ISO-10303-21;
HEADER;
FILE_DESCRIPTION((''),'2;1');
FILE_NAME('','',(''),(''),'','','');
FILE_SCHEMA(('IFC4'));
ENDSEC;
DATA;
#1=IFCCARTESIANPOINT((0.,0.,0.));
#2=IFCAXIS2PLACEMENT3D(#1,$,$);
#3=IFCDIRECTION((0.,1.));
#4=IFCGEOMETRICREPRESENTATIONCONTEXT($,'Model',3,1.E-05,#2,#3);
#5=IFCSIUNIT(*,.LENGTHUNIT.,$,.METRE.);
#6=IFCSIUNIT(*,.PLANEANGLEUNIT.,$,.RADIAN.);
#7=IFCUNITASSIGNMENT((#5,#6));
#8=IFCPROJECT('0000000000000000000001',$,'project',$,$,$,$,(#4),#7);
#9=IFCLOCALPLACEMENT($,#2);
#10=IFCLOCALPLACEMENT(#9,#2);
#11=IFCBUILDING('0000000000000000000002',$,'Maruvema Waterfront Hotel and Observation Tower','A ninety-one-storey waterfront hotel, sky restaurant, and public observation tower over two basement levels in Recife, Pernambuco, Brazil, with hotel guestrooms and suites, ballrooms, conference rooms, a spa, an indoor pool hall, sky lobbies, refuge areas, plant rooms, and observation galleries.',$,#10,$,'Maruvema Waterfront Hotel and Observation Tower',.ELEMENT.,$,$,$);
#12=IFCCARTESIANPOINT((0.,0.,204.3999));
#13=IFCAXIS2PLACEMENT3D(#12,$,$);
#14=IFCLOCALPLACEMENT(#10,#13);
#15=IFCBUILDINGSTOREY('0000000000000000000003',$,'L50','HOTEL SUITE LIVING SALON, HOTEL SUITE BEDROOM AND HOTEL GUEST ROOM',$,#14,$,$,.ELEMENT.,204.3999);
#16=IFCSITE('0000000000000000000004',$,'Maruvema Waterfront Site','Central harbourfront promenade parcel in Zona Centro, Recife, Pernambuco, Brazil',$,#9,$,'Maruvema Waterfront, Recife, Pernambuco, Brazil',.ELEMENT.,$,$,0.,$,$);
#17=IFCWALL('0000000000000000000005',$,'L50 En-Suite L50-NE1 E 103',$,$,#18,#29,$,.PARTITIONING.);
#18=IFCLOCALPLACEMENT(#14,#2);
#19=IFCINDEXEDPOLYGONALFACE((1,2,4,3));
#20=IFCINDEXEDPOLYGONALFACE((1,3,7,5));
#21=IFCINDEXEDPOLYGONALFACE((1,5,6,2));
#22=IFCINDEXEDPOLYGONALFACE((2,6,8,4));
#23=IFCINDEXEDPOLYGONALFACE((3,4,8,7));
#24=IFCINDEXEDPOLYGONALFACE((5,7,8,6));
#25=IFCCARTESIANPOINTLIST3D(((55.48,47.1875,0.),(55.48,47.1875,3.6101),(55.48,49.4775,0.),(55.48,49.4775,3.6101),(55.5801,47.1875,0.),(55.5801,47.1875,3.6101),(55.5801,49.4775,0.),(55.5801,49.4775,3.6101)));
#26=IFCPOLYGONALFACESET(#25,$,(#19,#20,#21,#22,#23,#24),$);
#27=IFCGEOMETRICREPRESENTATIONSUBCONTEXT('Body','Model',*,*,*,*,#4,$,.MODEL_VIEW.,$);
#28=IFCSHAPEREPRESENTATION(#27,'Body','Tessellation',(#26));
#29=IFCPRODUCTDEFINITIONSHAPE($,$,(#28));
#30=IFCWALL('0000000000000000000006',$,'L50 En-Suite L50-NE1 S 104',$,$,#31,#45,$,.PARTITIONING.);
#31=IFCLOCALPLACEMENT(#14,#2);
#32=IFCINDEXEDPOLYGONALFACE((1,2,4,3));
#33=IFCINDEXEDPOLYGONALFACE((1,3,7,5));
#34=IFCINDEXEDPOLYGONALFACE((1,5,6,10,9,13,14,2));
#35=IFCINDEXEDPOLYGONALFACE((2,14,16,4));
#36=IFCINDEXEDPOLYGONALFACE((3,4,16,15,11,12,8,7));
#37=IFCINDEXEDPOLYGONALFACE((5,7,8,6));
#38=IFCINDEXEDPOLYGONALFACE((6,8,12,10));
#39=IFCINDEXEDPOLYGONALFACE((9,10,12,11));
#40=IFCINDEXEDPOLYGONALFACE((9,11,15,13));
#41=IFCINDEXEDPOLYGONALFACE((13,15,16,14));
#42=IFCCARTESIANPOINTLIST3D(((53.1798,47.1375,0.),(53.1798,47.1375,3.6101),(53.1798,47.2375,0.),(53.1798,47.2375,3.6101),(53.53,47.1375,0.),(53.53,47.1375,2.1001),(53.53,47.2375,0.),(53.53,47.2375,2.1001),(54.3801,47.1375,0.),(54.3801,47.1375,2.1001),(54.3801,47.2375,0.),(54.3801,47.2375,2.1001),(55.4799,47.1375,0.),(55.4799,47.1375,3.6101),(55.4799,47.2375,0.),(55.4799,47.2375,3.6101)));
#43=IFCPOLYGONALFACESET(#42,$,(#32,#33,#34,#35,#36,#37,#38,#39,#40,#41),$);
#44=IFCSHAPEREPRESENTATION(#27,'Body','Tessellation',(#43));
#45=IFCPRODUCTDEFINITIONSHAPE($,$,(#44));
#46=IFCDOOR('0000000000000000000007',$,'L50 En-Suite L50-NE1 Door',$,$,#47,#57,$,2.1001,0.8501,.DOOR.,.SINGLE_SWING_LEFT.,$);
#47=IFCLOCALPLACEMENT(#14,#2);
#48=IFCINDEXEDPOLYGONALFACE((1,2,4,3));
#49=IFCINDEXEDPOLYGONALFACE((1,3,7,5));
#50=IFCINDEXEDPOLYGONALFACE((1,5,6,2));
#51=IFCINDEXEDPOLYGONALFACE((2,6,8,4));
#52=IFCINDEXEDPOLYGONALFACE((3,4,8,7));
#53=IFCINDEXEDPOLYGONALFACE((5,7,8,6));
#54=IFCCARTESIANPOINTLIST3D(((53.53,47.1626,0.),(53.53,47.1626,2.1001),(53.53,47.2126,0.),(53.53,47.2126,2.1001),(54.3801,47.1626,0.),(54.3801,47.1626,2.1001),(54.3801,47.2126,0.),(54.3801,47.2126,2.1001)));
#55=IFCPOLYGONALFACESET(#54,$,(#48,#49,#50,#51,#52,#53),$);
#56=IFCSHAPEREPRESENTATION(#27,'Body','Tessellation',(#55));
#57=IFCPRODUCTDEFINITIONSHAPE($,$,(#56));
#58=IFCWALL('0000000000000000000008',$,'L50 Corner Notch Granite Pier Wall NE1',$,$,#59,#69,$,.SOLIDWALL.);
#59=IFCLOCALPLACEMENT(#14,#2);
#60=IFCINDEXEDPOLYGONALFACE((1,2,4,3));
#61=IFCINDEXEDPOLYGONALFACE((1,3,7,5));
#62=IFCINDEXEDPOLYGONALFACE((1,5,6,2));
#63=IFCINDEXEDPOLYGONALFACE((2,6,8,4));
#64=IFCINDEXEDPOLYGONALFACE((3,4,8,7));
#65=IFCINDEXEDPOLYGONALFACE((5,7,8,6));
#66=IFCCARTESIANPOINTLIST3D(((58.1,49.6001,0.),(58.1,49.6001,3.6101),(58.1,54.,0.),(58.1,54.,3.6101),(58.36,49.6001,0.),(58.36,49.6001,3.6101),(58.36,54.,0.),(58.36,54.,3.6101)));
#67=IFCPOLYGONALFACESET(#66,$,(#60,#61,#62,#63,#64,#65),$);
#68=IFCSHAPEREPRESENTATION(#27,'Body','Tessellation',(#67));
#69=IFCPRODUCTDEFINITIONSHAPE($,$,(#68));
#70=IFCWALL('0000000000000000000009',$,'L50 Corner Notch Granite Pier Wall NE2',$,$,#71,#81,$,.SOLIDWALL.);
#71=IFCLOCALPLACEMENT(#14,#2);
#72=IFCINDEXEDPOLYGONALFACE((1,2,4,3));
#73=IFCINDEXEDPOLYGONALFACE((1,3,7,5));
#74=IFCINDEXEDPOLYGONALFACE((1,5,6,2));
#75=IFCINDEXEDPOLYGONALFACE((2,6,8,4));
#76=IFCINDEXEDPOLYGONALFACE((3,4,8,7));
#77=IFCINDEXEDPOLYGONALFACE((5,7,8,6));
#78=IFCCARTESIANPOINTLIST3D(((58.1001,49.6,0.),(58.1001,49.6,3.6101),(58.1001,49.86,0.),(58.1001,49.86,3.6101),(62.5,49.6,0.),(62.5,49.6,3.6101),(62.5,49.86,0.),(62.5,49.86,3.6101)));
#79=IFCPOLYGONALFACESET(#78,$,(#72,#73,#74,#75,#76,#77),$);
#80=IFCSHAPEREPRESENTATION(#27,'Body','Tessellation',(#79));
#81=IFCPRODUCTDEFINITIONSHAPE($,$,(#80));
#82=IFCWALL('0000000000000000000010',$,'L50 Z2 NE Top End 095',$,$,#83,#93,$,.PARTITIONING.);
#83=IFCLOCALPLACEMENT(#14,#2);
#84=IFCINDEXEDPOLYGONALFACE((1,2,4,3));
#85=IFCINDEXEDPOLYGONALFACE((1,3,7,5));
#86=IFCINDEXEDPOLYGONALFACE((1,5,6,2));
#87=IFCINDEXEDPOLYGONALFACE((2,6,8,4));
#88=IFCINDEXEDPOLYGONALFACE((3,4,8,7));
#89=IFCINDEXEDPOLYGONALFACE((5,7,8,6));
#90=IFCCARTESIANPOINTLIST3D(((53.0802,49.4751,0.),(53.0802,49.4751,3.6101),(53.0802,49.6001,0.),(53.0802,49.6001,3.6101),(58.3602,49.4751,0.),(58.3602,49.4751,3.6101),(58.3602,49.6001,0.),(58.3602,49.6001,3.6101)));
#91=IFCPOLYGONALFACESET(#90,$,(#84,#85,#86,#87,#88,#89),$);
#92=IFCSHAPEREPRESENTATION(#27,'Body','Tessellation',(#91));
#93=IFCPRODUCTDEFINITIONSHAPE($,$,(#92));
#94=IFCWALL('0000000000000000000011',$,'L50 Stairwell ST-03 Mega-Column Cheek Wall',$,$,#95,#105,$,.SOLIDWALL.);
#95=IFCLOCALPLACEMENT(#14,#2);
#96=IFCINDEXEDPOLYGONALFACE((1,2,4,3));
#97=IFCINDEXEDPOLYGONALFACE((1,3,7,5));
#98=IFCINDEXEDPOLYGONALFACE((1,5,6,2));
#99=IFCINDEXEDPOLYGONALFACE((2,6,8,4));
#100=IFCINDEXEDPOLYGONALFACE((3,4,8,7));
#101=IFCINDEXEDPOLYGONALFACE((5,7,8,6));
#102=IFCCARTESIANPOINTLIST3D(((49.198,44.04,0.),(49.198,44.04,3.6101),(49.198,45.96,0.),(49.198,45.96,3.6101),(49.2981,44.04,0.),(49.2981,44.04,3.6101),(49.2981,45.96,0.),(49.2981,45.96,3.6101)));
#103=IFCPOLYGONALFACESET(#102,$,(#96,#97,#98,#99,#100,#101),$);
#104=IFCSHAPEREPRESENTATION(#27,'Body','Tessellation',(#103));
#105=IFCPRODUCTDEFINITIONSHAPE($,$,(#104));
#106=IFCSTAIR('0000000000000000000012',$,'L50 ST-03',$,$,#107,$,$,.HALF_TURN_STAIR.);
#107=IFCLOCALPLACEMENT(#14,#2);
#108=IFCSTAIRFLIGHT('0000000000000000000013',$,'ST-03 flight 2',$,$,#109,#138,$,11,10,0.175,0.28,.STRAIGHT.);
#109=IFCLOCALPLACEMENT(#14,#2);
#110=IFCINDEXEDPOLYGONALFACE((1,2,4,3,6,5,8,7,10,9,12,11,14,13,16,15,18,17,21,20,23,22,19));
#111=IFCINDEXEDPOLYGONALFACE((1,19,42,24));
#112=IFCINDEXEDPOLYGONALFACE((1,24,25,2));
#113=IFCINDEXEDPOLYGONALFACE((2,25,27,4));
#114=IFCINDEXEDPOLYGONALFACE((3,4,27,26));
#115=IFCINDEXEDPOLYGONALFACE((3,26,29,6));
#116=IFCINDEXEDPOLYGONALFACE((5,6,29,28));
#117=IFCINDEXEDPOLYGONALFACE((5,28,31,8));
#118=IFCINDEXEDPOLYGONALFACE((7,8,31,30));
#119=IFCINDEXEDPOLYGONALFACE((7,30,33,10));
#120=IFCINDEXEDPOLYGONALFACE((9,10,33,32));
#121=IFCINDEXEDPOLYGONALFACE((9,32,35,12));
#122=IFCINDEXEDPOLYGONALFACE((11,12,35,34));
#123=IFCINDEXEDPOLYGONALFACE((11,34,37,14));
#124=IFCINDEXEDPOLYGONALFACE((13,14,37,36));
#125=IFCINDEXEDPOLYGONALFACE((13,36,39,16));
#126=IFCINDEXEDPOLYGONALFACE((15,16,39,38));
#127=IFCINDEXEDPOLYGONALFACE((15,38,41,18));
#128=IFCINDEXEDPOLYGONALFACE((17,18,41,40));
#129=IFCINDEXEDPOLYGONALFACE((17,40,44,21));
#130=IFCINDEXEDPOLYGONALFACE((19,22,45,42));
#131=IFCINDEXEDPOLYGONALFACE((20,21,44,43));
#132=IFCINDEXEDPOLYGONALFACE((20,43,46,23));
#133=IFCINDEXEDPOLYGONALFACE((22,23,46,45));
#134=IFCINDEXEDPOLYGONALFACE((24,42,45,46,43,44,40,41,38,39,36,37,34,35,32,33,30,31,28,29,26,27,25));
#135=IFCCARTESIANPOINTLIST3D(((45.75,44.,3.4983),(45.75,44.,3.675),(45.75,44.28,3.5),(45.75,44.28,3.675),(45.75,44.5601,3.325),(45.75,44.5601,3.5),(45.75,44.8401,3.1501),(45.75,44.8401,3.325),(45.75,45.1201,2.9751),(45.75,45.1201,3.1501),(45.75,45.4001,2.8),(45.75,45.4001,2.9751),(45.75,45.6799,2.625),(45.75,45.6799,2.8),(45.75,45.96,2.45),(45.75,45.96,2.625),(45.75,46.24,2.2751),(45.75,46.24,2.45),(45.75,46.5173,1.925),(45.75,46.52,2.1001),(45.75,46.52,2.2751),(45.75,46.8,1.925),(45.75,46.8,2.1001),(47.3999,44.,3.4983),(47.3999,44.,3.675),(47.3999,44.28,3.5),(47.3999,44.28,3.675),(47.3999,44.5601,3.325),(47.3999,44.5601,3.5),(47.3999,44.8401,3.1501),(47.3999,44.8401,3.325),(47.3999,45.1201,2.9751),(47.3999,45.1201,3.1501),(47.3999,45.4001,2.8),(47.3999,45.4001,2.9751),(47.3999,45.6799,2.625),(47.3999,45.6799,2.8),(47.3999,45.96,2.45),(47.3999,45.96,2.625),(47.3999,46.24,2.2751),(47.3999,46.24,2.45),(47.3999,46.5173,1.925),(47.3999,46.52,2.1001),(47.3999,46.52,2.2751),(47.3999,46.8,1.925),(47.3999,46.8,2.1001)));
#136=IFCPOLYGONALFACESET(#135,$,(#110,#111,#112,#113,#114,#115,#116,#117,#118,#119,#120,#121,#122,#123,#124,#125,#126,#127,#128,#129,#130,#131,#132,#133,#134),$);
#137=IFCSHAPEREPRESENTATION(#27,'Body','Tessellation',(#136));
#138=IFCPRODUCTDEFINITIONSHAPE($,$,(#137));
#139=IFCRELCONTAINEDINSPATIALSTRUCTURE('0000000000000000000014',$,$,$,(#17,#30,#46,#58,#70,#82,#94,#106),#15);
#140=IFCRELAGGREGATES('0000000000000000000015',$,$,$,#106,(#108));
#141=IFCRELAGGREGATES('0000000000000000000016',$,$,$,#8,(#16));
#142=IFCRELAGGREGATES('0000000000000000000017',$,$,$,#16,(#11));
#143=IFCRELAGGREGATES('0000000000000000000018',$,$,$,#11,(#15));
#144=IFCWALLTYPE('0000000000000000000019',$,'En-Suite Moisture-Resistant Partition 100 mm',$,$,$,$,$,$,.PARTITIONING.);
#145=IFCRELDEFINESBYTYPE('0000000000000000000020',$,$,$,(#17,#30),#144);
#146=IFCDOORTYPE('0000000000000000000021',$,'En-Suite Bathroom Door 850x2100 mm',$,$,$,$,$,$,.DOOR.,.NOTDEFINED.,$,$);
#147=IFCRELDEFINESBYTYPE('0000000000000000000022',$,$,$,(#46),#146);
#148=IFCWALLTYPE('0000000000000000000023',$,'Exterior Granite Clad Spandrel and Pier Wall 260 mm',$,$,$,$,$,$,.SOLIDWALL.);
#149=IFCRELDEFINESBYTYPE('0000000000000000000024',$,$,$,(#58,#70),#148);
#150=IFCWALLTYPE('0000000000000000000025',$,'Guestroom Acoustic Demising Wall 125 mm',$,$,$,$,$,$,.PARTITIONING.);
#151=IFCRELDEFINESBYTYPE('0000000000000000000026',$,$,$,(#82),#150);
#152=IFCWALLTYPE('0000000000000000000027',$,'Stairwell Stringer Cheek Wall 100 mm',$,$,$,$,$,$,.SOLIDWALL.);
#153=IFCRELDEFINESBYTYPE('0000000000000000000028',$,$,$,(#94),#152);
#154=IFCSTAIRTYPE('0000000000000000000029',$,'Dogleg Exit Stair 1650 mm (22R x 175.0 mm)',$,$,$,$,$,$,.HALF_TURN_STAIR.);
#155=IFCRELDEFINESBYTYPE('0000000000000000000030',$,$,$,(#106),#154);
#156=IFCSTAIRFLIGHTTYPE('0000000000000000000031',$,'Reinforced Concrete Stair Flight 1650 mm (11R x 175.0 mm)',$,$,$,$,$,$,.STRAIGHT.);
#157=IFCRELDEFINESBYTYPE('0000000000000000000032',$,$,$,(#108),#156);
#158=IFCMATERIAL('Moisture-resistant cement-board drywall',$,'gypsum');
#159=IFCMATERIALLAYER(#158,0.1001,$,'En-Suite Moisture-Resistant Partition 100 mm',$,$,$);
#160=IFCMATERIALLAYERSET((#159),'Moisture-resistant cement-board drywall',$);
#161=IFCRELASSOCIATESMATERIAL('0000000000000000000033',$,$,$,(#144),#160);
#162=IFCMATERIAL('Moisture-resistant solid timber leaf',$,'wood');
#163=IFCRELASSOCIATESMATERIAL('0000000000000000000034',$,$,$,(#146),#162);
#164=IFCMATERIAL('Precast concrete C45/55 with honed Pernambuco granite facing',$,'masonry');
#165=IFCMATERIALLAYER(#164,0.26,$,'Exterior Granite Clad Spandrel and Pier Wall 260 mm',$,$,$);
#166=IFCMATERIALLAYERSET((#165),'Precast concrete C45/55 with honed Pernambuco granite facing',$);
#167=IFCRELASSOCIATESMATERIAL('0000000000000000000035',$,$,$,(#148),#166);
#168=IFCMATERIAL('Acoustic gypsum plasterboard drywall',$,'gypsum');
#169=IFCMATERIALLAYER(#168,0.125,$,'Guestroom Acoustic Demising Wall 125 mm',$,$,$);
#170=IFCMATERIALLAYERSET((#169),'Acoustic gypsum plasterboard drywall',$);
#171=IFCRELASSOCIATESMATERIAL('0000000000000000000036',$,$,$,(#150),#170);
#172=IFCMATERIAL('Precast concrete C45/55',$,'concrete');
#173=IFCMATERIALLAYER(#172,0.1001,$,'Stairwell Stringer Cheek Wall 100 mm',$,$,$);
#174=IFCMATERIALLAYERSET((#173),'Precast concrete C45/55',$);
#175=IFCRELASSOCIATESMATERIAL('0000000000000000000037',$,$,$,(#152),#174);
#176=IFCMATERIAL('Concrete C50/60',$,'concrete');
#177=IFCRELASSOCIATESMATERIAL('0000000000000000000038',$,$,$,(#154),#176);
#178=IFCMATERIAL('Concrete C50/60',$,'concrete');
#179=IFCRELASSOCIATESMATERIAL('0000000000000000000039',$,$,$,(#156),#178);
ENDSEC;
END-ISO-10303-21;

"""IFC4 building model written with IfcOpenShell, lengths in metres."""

from ifc_helpers import new_model, si_unit, direction, frame, frame_2d, origin, place, context, subcontext, project, spatial, polyline, rectangle, outline, extrude, material, layer, layer_set, type_object, element, fill, aggregate, save


model = new_model("IFC4")

# Units and contexts
model_context = context("Model", 3, precision=1e-05, world=origin(), true_north=direction((0.0, 1.0)))
body_context = subcontext(model_context, "Body", "Model", "MODEL_VIEW")
ifc_project = project(units=[si_unit("LENGTHUNIT", "METRE"), si_unit("PLANEANGLEUNIT", "RADIAN")], contexts=[model_context])

# Site, building, storey
site_placement = place(None, origin())
site = spatial("IfcSite", under=ifc_project, at=site_placement, Name="Maruvema Waterfront Site", Description="Central harbourfront promenade parcel in Zona Centro, Recife, Pernambuco, Brazil", LongName="Maruvema Waterfront, Recife, Pernambuco, Brazil", CompositionType="ELEMENT", RefElevation=0.0)
building_placement = place(site_placement, origin())
building = spatial("IfcBuilding", under=site, at=building_placement, Name="Maruvema Waterfront Hotel and Observation Tower", Description="A ninety-one-storey waterfront hotel, sky restaurant, and public observation tower over two basement levels in Recife, Pernambuco, Brazil, with hotel guestrooms and suites, ballrooms, conference rooms, a spa, an indoor pool hall, sky lobbies, refuge areas, plant rooms, and observation galleries.", LongName="Maruvema Waterfront Hotel and Observation Tower", CompositionType="ELEMENT")
storey_placement = place(building_placement, frame((0.0, 0.0, 204.3999)))
storey = spatial("IfcBuildingStorey", under=building, at=storey_placement, Name="L50", Description="HOTEL SUITE LIVING SALON, HOTEL SUITE BEDROOM AND HOTEL GUEST ROOM", CompositionType="ELEMENT", Elevation=204.3999)

# Wall
ifc_material_1 = material(Name="Moisture-resistant cement-board drywall", Category="gypsum")
ifc_layer_1 = layer(ifc_material_1, 0.1001, Name="En-Suite Moisture-Resistant Partition 100 mm")
ifc_layer_set_1 = layer_set([ifc_layer_1], Name="Moisture-resistant cement-board drywall")
wall_type_1 = type_object("IfcWallType", Name="En-Suite Moisture-Resistant Partition 100 mm", PredefinedType="PARTITIONING", material=ifc_layer_set_1)
wall_1_placement = place(storey_placement, frame((55.53, 47.1875, 0.0), z_axis=(0.0, 0.0, 1.0), x_axis=(0.0, 1.0, 0.0)))
element("IfcWall", 1, at=wall_1_placement, inside=storey, type_object=wall_type_1, Name="L50 En-Suite L50-NE1 E 103", PredefinedType="PARTITIONING", context=body_context, shape_type="SweptSolid", body=[
    extrude(rectangle(XDim=2.29, YDim=0.1001, at=frame_2d((1.145, 0.0))), origin(), (0.0, 0.0, 1.0), 3.6101),
])

# Wall, opening, door
wall_2_placement = place(storey_placement, frame((53.1799, 47.1875, 0.0), z_axis=(0.0, 0.0, 1.0), x_axis=(1.0, 0.0, 0.0)))
wall_2 = element("IfcWall", 2, at=wall_2_placement, inside=storey, type_object=wall_type_1, Name="L50 En-Suite L50-NE1 S 104", PredefinedType="PARTITIONING", context=body_context, shape_type="SweptSolid", body=[
    extrude(rectangle(XDim=2.3, YDim=0.1001, at=frame_2d((1.1499, 0.0))), origin(), (0.0, 0.0, 1.0), 3.6101),
])
opening_placement = place(wall_2_placement, frame((0.3501, 0.0, 0.0)))
opening = element("IfcOpeningElement", 3, at=opening_placement, cuts=wall_2, PredefinedType="OPENING", context=body_context, shape_type="SweptSolid", body=[
    extrude(rectangle(XDim=0.8501, YDim=2.1001, at=frame_2d((0.425, 1.05))), frame((0.0, 0.0601, 0.0), z_axis=(0.0, -1.0, 0.0), x_axis=(1.0, 0.0, 0.0)), (0.0, 0.0, 1.0), 0.1201),
])
ifc_material_2 = material(Name="Moisture-resistant solid timber leaf", Category="wood")
door_type = type_object("IfcDoorType", Name="En-Suite Bathroom Door 850x2100 mm", OperationType="NOTDEFINED", PredefinedType="DOOR", material=ifc_material_2)
door_placement = place(opening_placement, frame((0.8501, 0.0, 0.0), z_axis=(0.0, 0.0, 1.0), x_axis=(-1.0, 0.0, 0.0)))
door = element("IfcDoor", 4, at=door_placement, inside=storey, type_object=door_type, Name="L50 En-Suite L50-NE1 Door", OperationType="SINGLE_SWING_LEFT", OverallHeight=2.1001, OverallWidth=0.8501, PredefinedType="DOOR", context=body_context, shape_type="SweptSolid", body=[
    extrude(rectangle(XDim=0.8501, YDim=2.1001, at=frame_2d((0.425, 1.05))), frame((0.0, 0.0249, 0.0), z_axis=(0.0, -1.0, 0.0), x_axis=(1.0, 0.0, 0.0)), (0.0, 0.0, 1.0), 0.05),
])
fill(opening, door)

# Walls
ifc_material_3 = material(Name="Precast concrete C45/55 with honed Pernambuco granite facing", Category="masonry")
ifc_layer_2 = layer(ifc_material_3, 0.26, Name="Exterior Granite Clad Spandrel and Pier Wall 260 mm")
ifc_layer_set_2 = layer_set([ifc_layer_2], Name="Precast concrete C45/55 with honed Pernambuco granite facing")
wall_type_2 = type_object("IfcWallType", Name="Exterior Granite Clad Spandrel and Pier Wall 260 mm", PredefinedType="SOLIDWALL", material=ifc_layer_set_2)
for number, where, z_axis, x_axis, name in (
    (5, (58.23, 54.0, 0.0), (0.0, 0.0, 1.0), (0.0, -1.0, 0.0), "L50 Corner Notch Granite Pier Wall NE1"),
    (6, (58.1001, 49.73, 0.0), (0.0, 0.0, 1.0), (1.0, 0.0, 0.0), "L50 Corner Notch Granite Pier Wall NE2"),
):
    element("IfcWall", number, at=place(storey_placement, frame(where, z_axis=z_axis, x_axis=x_axis)), inside=storey, type_object=wall_type_2, Name=name, PredefinedType="SOLIDWALL", context=body_context, shape_type="SweptSolid", body=[
        extrude(rectangle(XDim=4.3999, YDim=0.26, at=frame_2d((2.2, 0.0))), origin(), (0.0, 0.0, 1.0), 3.6101),
    ])
ifc_material_4 = material(Name="Acoustic gypsum plasterboard drywall", Category="gypsum")
ifc_layer_3 = layer(ifc_material_4, 0.125, Name="Guestroom Acoustic Demising Wall 125 mm")
ifc_layer_set_3 = layer_set([ifc_layer_3], Name="Acoustic gypsum plasterboard drywall")
wall_type_3 = type_object("IfcWallType", Name="Guestroom Acoustic Demising Wall 125 mm", PredefinedType="PARTITIONING", material=ifc_layer_set_3)
wall_3_placement = place(storey_placement, frame((53.0801, 49.5376, 0.0), z_axis=(0.0, 0.0, 1.0), x_axis=(1.0, 0.0, 0.0)))
element("IfcWall", 7, at=wall_3_placement, inside=storey, type_object=wall_type_3, Name="L50 Z2 NE Top End 095", PredefinedType="PARTITIONING", context=body_context, shape_type="SweptSolid", body=[
    extrude(rectangle(XDim=5.28, YDim=0.125, at=frame_2d((2.6401, 0.0))), origin(), (0.0, 0.0, 1.0), 3.6101),
])
ifc_material_5 = material(Name="Precast concrete C45/55", Category="concrete")
ifc_layer_4 = layer(ifc_material_5, 0.1001, Name="Stairwell Stringer Cheek Wall 100 mm")
ifc_layer_set_4 = layer_set([ifc_layer_4], Name="Precast concrete C45/55")
wall_type_4 = type_object("IfcWallType", Name="Stairwell Stringer Cheek Wall 100 mm", PredefinedType="SOLIDWALL", material=ifc_layer_set_4)
wall_4_placement = place(storey_placement, frame((49.248, 44.04, 0.0), z_axis=(0.0, 0.0, 1.0), x_axis=(0.0, 1.0, 0.0)))
element("IfcWall", 8, at=wall_4_placement, inside=storey, type_object=wall_type_4, Name="L50 Stairwell ST-03 Mega-Column Cheek Wall", PredefinedType="SOLIDWALL", context=body_context, shape_type="SweptSolid", body=[
    extrude(rectangle(XDim=1.9199, YDim=0.1001, at=frame_2d((0.96, 0.0))), origin(), (0.0, 0.0, 1.0), 3.6101),
])

# Stair, stair flight
ifc_material_6 = material(Name="Concrete C50/60", Category="concrete")
stair_type = type_object("IfcStairType", Name="Dogleg Exit Stair 1650 mm (22R x 175.0 mm)", PredefinedType="HALF_TURN_STAIR", material=ifc_material_6)
stair_placement = place(storey_placement, origin())
stair = element("IfcStair", 9, at=stair_placement, inside=storey, type_object=stair_type, Name="L50 ST-03", PredefinedType="HALF_TURN_STAIR")
ifc_material_7 = material(Name="Concrete C50/60", Category="concrete")
stair_flight_type = type_object("IfcStairFlightType", Name="Reinforced Concrete Stair Flight 1650 mm (11R x 175.0 mm)", PredefinedType="STRAIGHT", material=ifc_material_7)
stair_flight_placement = place(storey_placement, frame((46.575, 46.8, 1.925), z_axis=(0.0, 0.0, 1.0), x_axis=(0.0, -1.0, 0.0)))
stair_flight = element("IfcStairFlight", 10, at=stair_flight_placement, type_object=stair_flight_type, Name="ST-03 flight 2", NumberOfRisers=11, NumberOfTreads=10, PredefinedType="STRAIGHT", RiserHeight=0.175, TreadLength=0.28, context=body_context, shape_type="SweptSolid", body=[
    extrude(outline(polyline([(0.0, 0.0), (0.0, 0.175), (0.28, 0.175), (0.28, 0.3501), (0.5601, 0.3501), (0.5601, 0.5249), (0.8401, 0.5249), (0.8401, 0.7), (1.1201, 0.7), (1.1201, 0.875), (1.3999, 0.875), (1.3999, 1.05), (1.6799, 1.05), (1.6799, 1.2251), (1.96, 1.2251), (1.96, 1.3999), (2.24, 1.3999), (2.24, 1.575), (2.52, 1.575), (2.52, 1.75), (2.8, 1.75), (2.8, 1.925), (2.8, 1.5732), (0.2827, 0.0), (0.0, 0.0)])), frame((0.0, 0.825, 0.0), z_axis=(0.0, -1.0, 0.0), x_axis=(1.0, 0.0, 0.0)), (0.0, 0.0, 1.0), 1.6499),
])
aggregate(stair, [stair_flight])

save(model, "model.ifc")
